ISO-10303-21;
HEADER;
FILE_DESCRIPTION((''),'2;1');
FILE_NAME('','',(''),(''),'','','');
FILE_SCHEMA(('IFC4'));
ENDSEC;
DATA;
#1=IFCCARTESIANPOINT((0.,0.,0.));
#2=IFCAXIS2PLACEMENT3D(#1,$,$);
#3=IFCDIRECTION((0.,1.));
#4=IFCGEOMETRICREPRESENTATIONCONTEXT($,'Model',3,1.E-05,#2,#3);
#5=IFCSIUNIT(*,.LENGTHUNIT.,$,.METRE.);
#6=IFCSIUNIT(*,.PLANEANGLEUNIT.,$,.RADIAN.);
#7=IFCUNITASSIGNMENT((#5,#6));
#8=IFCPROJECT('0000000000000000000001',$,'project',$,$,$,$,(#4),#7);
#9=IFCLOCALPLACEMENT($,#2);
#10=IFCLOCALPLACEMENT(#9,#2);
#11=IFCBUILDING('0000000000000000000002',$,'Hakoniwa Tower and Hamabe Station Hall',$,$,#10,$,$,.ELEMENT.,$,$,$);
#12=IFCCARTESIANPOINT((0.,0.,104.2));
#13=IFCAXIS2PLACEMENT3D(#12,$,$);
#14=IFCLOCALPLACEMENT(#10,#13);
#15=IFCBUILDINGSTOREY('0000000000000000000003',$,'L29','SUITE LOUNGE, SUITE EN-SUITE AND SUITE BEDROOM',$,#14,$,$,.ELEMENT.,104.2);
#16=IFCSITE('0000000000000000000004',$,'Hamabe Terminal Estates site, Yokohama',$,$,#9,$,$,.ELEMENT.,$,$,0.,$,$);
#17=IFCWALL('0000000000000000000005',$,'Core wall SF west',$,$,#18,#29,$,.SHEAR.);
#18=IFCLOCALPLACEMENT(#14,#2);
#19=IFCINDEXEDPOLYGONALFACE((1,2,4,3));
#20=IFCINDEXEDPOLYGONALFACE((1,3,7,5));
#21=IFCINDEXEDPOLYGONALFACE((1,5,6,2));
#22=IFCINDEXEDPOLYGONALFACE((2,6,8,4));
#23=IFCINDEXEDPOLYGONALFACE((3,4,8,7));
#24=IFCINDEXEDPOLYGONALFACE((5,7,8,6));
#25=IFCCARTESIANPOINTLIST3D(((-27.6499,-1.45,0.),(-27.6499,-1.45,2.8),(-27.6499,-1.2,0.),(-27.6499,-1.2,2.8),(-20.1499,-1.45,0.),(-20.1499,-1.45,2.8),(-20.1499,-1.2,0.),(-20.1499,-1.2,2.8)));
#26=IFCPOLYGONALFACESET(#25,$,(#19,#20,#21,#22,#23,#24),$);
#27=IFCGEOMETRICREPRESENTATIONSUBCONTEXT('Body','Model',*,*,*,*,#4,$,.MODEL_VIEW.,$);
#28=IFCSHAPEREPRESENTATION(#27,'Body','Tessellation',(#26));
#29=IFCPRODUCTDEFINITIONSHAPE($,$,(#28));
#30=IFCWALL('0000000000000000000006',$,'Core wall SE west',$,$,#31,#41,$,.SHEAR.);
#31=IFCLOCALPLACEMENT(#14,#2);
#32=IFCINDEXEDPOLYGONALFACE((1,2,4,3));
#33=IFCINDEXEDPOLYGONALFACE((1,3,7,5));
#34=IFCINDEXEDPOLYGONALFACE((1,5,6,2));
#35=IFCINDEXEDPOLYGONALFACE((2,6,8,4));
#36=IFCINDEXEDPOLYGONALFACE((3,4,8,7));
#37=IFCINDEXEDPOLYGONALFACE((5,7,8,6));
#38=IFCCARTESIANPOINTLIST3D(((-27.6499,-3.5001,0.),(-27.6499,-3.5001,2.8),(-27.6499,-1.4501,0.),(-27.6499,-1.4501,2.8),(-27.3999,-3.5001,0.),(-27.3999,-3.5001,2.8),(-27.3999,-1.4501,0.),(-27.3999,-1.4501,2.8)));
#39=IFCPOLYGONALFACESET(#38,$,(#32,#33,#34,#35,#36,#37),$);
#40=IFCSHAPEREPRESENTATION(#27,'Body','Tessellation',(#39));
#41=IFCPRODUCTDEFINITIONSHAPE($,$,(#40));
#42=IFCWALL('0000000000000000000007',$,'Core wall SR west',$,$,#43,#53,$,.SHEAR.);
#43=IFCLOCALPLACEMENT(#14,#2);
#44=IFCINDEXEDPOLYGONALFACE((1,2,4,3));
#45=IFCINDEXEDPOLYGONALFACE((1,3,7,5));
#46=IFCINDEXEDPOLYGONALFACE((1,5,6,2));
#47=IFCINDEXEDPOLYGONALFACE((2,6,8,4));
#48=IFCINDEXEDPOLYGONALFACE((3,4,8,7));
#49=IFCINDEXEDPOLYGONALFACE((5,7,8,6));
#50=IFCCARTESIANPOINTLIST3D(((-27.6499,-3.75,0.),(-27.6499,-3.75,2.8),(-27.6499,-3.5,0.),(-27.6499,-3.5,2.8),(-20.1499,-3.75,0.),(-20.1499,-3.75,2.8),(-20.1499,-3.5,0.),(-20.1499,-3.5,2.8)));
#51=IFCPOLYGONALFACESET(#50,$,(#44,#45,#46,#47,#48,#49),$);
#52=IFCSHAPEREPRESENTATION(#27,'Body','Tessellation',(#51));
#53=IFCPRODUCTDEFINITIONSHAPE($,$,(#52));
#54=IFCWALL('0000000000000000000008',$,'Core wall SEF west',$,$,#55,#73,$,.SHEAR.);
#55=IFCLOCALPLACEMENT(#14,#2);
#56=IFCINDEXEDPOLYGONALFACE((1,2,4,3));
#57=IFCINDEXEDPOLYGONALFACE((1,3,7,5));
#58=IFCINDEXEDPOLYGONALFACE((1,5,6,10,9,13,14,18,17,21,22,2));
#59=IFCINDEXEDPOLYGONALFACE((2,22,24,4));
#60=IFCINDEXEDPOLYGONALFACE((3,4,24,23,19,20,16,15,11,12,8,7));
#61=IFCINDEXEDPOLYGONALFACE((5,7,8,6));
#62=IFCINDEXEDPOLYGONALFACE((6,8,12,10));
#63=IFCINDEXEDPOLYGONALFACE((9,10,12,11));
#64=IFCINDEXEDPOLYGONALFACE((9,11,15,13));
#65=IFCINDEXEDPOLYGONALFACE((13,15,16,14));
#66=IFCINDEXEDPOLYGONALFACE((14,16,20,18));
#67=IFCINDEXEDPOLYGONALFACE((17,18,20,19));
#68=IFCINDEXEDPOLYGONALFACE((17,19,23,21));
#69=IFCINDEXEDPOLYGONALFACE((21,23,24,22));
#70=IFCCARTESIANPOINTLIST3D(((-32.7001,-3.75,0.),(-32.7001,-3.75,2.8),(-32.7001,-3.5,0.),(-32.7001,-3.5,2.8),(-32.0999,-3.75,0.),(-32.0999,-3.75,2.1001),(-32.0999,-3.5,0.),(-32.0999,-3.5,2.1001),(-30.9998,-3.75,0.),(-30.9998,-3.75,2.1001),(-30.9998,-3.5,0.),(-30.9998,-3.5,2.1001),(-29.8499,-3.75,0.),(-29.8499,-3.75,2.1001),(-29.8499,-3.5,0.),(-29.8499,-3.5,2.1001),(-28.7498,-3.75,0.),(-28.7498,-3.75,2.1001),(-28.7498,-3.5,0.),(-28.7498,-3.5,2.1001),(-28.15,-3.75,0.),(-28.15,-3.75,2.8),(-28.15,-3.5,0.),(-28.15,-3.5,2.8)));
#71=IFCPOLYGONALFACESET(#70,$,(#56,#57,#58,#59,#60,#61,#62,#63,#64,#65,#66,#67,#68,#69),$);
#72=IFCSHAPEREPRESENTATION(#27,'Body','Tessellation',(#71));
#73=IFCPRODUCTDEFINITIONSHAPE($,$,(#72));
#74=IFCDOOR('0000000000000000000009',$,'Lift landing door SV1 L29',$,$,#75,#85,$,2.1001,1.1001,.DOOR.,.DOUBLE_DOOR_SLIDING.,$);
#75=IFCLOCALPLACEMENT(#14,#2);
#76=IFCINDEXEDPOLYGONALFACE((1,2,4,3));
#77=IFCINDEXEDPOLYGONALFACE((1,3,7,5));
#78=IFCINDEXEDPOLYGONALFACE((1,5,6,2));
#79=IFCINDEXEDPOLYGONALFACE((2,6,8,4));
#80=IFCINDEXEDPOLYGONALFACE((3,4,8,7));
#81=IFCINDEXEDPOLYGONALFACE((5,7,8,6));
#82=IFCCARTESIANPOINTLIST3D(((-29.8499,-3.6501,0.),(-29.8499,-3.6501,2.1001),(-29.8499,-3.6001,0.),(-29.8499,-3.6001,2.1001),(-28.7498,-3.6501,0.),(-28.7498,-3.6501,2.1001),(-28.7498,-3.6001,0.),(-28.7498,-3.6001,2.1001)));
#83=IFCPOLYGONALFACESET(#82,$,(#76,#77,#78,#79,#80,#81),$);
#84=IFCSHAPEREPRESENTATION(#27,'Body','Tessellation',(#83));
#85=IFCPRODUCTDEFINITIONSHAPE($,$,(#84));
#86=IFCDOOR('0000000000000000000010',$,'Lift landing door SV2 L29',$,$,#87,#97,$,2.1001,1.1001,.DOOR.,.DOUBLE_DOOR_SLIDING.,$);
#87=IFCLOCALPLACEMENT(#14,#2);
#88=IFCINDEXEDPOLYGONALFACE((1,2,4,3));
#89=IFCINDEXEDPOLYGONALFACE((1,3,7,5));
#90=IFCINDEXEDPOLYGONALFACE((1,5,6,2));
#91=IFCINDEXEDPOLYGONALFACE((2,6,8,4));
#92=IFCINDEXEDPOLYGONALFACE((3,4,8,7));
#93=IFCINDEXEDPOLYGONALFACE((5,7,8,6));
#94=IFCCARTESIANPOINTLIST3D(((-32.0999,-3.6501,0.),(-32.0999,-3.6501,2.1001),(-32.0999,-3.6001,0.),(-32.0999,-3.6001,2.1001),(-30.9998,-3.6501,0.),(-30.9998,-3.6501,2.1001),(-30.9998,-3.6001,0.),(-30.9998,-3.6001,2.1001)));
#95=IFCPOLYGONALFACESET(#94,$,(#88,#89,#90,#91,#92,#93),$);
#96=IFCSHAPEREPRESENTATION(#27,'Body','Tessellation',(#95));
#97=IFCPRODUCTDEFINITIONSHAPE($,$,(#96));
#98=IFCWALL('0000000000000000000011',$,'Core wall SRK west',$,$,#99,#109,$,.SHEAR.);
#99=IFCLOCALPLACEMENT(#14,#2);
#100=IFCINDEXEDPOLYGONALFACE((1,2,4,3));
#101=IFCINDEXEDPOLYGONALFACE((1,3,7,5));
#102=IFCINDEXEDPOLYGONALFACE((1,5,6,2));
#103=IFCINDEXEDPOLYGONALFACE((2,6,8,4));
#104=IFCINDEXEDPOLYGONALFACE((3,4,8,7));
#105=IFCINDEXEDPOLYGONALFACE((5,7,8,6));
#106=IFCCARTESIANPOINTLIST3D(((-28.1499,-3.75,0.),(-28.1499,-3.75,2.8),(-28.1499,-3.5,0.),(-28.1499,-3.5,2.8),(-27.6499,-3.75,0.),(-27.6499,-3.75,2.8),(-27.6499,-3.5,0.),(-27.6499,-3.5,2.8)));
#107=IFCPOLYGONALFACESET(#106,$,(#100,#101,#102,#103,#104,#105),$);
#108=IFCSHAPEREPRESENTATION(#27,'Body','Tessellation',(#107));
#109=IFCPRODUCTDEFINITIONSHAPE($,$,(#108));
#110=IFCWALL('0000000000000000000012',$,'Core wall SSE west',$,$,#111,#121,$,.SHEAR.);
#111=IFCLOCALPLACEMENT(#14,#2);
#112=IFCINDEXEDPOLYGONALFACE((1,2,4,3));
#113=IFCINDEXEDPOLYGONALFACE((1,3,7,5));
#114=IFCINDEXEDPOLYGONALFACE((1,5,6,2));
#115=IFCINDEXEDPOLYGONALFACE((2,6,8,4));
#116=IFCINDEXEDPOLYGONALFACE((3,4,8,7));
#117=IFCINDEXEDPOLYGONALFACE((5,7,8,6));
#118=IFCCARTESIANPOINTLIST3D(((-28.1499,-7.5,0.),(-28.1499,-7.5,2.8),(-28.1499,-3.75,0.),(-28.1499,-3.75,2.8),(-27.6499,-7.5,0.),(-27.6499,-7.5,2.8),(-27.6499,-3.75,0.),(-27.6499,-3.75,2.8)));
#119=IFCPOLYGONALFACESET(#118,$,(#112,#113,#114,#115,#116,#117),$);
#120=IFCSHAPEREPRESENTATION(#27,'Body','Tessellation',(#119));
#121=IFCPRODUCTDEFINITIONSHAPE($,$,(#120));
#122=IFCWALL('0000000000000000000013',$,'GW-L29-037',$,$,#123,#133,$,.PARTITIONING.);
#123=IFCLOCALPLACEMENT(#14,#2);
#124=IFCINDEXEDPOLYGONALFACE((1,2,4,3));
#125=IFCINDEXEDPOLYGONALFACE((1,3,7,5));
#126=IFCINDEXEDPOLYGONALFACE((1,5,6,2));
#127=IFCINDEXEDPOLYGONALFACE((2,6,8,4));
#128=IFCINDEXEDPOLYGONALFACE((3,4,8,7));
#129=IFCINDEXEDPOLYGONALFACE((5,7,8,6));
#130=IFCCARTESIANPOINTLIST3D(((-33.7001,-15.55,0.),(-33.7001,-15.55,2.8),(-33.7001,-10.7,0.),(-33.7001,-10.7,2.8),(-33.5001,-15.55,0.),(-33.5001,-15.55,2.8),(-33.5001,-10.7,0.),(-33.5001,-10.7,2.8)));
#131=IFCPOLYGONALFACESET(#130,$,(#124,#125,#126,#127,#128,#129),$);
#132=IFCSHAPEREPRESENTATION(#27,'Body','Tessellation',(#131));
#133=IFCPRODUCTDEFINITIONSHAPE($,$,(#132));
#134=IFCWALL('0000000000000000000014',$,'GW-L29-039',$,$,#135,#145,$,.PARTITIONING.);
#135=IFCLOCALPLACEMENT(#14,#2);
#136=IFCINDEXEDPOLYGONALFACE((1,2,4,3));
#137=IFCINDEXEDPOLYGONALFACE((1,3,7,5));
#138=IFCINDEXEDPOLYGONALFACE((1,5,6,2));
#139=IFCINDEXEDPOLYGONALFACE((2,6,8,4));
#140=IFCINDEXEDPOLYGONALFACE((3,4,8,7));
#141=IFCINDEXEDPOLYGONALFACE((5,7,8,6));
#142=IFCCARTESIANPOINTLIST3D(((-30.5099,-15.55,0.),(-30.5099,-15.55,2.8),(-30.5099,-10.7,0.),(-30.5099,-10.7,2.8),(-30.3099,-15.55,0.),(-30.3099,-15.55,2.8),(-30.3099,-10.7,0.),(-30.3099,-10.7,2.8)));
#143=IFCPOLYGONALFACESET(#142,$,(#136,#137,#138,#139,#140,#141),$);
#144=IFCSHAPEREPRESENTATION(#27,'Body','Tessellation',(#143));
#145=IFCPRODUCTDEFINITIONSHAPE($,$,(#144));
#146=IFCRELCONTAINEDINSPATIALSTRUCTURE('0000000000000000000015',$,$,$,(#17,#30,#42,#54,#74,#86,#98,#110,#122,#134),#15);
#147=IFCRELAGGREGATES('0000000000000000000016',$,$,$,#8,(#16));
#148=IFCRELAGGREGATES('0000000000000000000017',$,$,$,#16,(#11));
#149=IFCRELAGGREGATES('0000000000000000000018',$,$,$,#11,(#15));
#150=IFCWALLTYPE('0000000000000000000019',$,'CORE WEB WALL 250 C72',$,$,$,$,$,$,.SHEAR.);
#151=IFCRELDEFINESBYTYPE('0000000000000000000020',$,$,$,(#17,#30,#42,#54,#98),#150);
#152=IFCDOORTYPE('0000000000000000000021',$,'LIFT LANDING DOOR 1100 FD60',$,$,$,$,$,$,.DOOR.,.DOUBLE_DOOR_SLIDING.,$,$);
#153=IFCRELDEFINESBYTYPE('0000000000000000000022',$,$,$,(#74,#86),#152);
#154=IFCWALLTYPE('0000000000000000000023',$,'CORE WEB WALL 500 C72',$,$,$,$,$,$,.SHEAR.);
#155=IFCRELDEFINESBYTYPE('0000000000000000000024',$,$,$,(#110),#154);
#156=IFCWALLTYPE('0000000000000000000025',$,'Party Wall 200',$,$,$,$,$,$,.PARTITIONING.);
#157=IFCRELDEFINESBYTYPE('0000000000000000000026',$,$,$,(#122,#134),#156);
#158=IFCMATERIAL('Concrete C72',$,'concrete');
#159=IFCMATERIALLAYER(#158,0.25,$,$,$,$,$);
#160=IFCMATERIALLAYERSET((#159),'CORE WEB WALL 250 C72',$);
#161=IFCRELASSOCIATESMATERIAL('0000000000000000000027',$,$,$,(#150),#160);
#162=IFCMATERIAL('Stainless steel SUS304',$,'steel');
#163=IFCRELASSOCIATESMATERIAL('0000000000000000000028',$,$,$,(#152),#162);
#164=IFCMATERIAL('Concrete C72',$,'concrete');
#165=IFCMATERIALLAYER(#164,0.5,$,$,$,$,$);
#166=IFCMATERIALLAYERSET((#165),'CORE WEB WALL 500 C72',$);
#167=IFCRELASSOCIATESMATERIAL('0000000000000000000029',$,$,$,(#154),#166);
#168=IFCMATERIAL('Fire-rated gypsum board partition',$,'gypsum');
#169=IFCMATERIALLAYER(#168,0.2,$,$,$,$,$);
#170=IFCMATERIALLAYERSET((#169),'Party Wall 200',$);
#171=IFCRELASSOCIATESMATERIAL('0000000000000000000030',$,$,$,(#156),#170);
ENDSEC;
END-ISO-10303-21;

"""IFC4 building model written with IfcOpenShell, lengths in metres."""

from ifc_helpers import new_model, si_unit, direction, frame, frame_2d, origin, place, context, subcontext, project, spatial, rectangle, extrude, material, layer, layer_set, type_object, element, fill, save


model = new_model("IFC4")

# Units and contexts
model_context = context("Model", 3, precision=1e-05, world=origin(), true_north=direction((0.0, 1.0)))
body_context = subcontext(model_context, "Body", "Model", "MODEL_VIEW")
ifc_project = project(units=[si_unit("LENGTHUNIT", "METRE"), si_unit("PLANEANGLEUNIT", "RADIAN")], contexts=[model_context])

# Site, building, storey
site_placement = place(None, origin())
site = spatial("IfcSite", under=ifc_project, at=site_placement, Name="Hamabe Terminal Estates site, Yokohama", CompositionType="ELEMENT", RefElevation=0.0)
building_placement = place(site_placement, origin())
building = spatial("IfcBuilding", under=site, at=building_placement, Name="Hakoniwa Tower and Hamabe Station Hall", CompositionType="ELEMENT")
storey_placement = place(building_placement, frame((0.0, 0.0, 104.2)))
storey = spatial("IfcBuildingStorey", under=building, at=storey_placement, Name="L29", Description="SUITE LOUNGE, SUITE EN-SUITE AND SUITE BEDROOM", CompositionType="ELEMENT", Elevation=104.2)

# Walls
ifc_material_1 = material(Name="Concrete C72", Category="concrete")
ifc_layer_1 = layer(ifc_material_1, 0.25)
ifc_layer_set_1 = layer_set([ifc_layer_1], Name="CORE WEB WALL 250 C72")
wall_type_1 = type_object("IfcWallType", Name="CORE WEB WALL 250 C72", PredefinedType="SHEAR", material=ifc_layer_set_1)
wall_1_placement = place(storey_placement, frame((-27.6499, -1.325, 0.0), z_axis=(0.0, 0.0, 1.0), x_axis=(1.0, 0.0, 0.0)))
element("IfcWall", 1, at=wall_1_placement, inside=storey, type_object=wall_type_1, Name="Core wall SF west", PredefinedType="SHEAR", context=body_context, shape_type="SweptSolid", body=[
    extrude(rectangle(XDim=7.5, YDim=0.25, at=frame_2d((3.75, 0.0))), origin(), (0.0, 0.0, 1.0), 2.8),
])
wall_2_placement = place(storey_placement, frame((-27.5249, -3.5, 0.0), z_axis=(0.0, 0.0, 1.0), x_axis=(0.0, 1.0, 0.0)))
element("IfcWall", 2, at=wall_2_placement, inside=storey, type_object=wall_type_1, Name="Core wall SE west", PredefinedType="SHEAR", context=body_context, shape_type="SweptSolid", body=[
    extrude(rectangle(XDim=2.05, YDim=0.25, at=frame_2d((1.0249, 0.0))), origin(), (0.0, 0.0, 1.0), 2.8),
])
wall_3_placement = place(storey_placement, frame((-27.6499, -3.625, 0.0), z_axis=(0.0, 0.0, 1.0), x_axis=(1.0, 0.0, 0.0)))
element("IfcWall", 3, at=wall_3_placement, inside=storey, type_object=wall_type_1, Name="Core wall SR west", PredefinedType="SHEAR", context=body_context, shape_type="SweptSolid", body=[
    extrude(rectangle(XDim=7.5, YDim=0.25, at=frame_2d((3.75, 0.0))), origin(), (0.0, 0.0, 1.0), 2.8),
])

# Wall, openings, doors
wall_4_placement = place(storey_placement, frame((-32.7, -3.625, 0.0), z_axis=(0.0, 0.0, 1.0), x_axis=(1.0, 0.0, 0.0)))
wall_4 = element("IfcWall", 4, at=wall_4_placement, inside=storey, type_object=wall_type_1, Name="Core wall SEF west", PredefinedType="SHEAR", context=body_context, shape_type="SweptSolid", body=[
    extrude(rectangle(XDim=4.55, YDim=0.25, at=frame_2d((2.2749, 0.0))), origin(), (0.0, 0.0, 1.0), 2.8),
])
opening_1_placement = place(wall_4_placement, frame((2.8501, 0.0, 0.0)))
opening_1 = element("IfcOpeningElement", 5, at=opening_1_placement, cuts=wall_4, PredefinedType="OPENING", context=body_context, shape_type="SweptSolid", body=[
    extrude(rectangle(XDim=1.1001, YDim=2.1001, at=frame_2d((0.55, 1.05))), frame((0.0, 0.135, 0.0), z_axis=(0.0, -1.0, 0.0), x_axis=(1.0, 0.0, 0.0)), (0.0, 0.0, 1.0), 0.27),
])
opening_2_placement = place(wall_4_placement, frame((0.6001, 0.0, 0.0)))
opening_2 = element("IfcOpeningElement", 6, at=opening_2_placement, cuts=wall_4, PredefinedType="OPENING", context=body_context, shape_type="SweptSolid", body=[
    extrude(rectangle(XDim=1.1001, YDim=2.1001, at=frame_2d((0.55, 1.05))), frame((0.0, 0.135, 0.0), z_axis=(0.0, -1.0, 0.0), x_axis=(1.0, 0.0, 0.0)), (0.0, 0.0, 1.0), 0.27),
])
ifc_material_2 = material(Name="Stainless steel SUS304", Category="steel")
door_type_1 = type_object("IfcDoorType", Name="LIFT LANDING DOOR 1100 FD60", OperationType="DOUBLE_DOOR_SLIDING", PredefinedType="DOOR", material=ifc_material_2)
door_1_placement = place(opening_1_placement, origin())
door_1 = element("IfcDoor", 7, at=door_1_placement, inside=storey, type_object=door_type_1, Name="Lift landing door SV1 L29", OperationType="DOUBLE_DOOR_SLIDING", OverallHeight=2.1001, OverallWidth=1.1001, PredefinedType="DOOR", context=body_context, shape_type="SweptSolid", body=[
    extrude(rectangle(XDim=1.1001, YDim=2.1001, at=frame_2d((0.55, 1.05))), frame((0.0, 0.0249, 0.0), z_axis=(0.0, -1.0, 0.0), x_axis=(1.0, 0.0, 0.0)), (0.0, 0.0, 1.0), 0.05),
])
fill(opening_1, door_1)
door_2_placement = place(opening_2_placement, origin())
door_2 = element("IfcDoor", 8, at=door_2_placement, inside=storey, type_object=door_type_1, Name="Lift landing door SV2 L29", OperationType="DOUBLE_DOOR_SLIDING", OverallHeight=2.1001, OverallWidth=1.1001, PredefinedType="DOOR", context=body_context, shape_type="SweptSolid", body=[
    extrude(rectangle(XDim=1.1001, YDim=2.1001, at=frame_2d((0.55, 1.05))), frame((0.0, 0.0249, 0.0), z_axis=(0.0, -1.0, 0.0), x_axis=(1.0, 0.0, 0.0)), (0.0, 0.0, 1.0), 0.05),
])
fill(opening_2, door_2)

# Walls
wall_5_placement = place(storey_placement, frame((-28.1499, -3.625, 0.0), z_axis=(0.0, 0.0, 1.0), x_axis=(1.0, 0.0, 0.0)))
element("IfcWall", 9, at=wall_5_placement, inside=storey, type_object=wall_type_1, Name="Core wall SRK west", PredefinedType="SHEAR", context=body_context, shape_type="SweptSolid", body=[
    extrude(rectangle(XDim=0.5, YDim=0.25, at=frame_2d((0.25, 0.0))), origin(), (0.0, 0.0, 1.0), 2.8),
])
ifc_material_3 = material(Name="Concrete C72", Category="concrete")
ifc_layer_2 = layer(ifc_material_3, 0.5)
ifc_layer_set_2 = layer_set([ifc_layer_2], Name="CORE WEB WALL 500 C72")
wall_type_2 = type_object("IfcWallType", Name="CORE WEB WALL 500 C72", PredefinedType="SHEAR", material=ifc_layer_set_2)
wall_6_placement = place(storey_placement, frame((-27.8999, -7.5, 0.0), z_axis=(0.0, 0.0, 1.0), x_axis=(0.0, 1.0, 0.0)))
element("IfcWall", 10, at=wall_6_placement, inside=storey, type_object=wall_type_2, Name="Core wall SSE west", PredefinedType="SHEAR", context=body_context, shape_type="SweptSolid", body=[
    extrude(rectangle(XDim=3.75, YDim=0.5, at=frame_2d((1.875, 0.0))), origin(), (0.0, 0.0, 1.0), 2.8),
])
ifc_material_4 = material(Name="Fire-rated gypsum board partition", Category="gypsum")
ifc_layer_3 = layer(ifc_material_4, 0.2)
ifc_layer_set_3 = layer_set([ifc_layer_3], Name="Party Wall 200")
wall_type_3 = type_object("IfcWallType", Name="Party Wall 200", PredefinedType="PARTITIONING", material=ifc_layer_set_3)
for number, where, z_axis, x_axis, name in (
    (11, (-33.6001, -15.55, 0.0), (0.0, 0.0, 1.0), (0.0, 1.0, 0.0), "GW-L29-037"),
    (12, (-30.4099, -15.55, 0.0), (0.0, 0.0, 1.0), (0.0, 1.0, 0.0), "GW-L29-039"),
):
    element("IfcWall", number, at=place(storey_placement, frame(where, z_axis=z_axis, x_axis=x_axis)), inside=storey, type_object=wall_type_3, Name=name, PredefinedType="PARTITIONING", context=body_context, shape_type="SweptSolid", body=[
        extrude(rectangle(XDim=4.8501, YDim=0.2, at=frame_2d((2.425, 0.0))), origin(), (0.0, 0.0, 1.0), 2.8),
    ])

save(model, "model.ifc")
